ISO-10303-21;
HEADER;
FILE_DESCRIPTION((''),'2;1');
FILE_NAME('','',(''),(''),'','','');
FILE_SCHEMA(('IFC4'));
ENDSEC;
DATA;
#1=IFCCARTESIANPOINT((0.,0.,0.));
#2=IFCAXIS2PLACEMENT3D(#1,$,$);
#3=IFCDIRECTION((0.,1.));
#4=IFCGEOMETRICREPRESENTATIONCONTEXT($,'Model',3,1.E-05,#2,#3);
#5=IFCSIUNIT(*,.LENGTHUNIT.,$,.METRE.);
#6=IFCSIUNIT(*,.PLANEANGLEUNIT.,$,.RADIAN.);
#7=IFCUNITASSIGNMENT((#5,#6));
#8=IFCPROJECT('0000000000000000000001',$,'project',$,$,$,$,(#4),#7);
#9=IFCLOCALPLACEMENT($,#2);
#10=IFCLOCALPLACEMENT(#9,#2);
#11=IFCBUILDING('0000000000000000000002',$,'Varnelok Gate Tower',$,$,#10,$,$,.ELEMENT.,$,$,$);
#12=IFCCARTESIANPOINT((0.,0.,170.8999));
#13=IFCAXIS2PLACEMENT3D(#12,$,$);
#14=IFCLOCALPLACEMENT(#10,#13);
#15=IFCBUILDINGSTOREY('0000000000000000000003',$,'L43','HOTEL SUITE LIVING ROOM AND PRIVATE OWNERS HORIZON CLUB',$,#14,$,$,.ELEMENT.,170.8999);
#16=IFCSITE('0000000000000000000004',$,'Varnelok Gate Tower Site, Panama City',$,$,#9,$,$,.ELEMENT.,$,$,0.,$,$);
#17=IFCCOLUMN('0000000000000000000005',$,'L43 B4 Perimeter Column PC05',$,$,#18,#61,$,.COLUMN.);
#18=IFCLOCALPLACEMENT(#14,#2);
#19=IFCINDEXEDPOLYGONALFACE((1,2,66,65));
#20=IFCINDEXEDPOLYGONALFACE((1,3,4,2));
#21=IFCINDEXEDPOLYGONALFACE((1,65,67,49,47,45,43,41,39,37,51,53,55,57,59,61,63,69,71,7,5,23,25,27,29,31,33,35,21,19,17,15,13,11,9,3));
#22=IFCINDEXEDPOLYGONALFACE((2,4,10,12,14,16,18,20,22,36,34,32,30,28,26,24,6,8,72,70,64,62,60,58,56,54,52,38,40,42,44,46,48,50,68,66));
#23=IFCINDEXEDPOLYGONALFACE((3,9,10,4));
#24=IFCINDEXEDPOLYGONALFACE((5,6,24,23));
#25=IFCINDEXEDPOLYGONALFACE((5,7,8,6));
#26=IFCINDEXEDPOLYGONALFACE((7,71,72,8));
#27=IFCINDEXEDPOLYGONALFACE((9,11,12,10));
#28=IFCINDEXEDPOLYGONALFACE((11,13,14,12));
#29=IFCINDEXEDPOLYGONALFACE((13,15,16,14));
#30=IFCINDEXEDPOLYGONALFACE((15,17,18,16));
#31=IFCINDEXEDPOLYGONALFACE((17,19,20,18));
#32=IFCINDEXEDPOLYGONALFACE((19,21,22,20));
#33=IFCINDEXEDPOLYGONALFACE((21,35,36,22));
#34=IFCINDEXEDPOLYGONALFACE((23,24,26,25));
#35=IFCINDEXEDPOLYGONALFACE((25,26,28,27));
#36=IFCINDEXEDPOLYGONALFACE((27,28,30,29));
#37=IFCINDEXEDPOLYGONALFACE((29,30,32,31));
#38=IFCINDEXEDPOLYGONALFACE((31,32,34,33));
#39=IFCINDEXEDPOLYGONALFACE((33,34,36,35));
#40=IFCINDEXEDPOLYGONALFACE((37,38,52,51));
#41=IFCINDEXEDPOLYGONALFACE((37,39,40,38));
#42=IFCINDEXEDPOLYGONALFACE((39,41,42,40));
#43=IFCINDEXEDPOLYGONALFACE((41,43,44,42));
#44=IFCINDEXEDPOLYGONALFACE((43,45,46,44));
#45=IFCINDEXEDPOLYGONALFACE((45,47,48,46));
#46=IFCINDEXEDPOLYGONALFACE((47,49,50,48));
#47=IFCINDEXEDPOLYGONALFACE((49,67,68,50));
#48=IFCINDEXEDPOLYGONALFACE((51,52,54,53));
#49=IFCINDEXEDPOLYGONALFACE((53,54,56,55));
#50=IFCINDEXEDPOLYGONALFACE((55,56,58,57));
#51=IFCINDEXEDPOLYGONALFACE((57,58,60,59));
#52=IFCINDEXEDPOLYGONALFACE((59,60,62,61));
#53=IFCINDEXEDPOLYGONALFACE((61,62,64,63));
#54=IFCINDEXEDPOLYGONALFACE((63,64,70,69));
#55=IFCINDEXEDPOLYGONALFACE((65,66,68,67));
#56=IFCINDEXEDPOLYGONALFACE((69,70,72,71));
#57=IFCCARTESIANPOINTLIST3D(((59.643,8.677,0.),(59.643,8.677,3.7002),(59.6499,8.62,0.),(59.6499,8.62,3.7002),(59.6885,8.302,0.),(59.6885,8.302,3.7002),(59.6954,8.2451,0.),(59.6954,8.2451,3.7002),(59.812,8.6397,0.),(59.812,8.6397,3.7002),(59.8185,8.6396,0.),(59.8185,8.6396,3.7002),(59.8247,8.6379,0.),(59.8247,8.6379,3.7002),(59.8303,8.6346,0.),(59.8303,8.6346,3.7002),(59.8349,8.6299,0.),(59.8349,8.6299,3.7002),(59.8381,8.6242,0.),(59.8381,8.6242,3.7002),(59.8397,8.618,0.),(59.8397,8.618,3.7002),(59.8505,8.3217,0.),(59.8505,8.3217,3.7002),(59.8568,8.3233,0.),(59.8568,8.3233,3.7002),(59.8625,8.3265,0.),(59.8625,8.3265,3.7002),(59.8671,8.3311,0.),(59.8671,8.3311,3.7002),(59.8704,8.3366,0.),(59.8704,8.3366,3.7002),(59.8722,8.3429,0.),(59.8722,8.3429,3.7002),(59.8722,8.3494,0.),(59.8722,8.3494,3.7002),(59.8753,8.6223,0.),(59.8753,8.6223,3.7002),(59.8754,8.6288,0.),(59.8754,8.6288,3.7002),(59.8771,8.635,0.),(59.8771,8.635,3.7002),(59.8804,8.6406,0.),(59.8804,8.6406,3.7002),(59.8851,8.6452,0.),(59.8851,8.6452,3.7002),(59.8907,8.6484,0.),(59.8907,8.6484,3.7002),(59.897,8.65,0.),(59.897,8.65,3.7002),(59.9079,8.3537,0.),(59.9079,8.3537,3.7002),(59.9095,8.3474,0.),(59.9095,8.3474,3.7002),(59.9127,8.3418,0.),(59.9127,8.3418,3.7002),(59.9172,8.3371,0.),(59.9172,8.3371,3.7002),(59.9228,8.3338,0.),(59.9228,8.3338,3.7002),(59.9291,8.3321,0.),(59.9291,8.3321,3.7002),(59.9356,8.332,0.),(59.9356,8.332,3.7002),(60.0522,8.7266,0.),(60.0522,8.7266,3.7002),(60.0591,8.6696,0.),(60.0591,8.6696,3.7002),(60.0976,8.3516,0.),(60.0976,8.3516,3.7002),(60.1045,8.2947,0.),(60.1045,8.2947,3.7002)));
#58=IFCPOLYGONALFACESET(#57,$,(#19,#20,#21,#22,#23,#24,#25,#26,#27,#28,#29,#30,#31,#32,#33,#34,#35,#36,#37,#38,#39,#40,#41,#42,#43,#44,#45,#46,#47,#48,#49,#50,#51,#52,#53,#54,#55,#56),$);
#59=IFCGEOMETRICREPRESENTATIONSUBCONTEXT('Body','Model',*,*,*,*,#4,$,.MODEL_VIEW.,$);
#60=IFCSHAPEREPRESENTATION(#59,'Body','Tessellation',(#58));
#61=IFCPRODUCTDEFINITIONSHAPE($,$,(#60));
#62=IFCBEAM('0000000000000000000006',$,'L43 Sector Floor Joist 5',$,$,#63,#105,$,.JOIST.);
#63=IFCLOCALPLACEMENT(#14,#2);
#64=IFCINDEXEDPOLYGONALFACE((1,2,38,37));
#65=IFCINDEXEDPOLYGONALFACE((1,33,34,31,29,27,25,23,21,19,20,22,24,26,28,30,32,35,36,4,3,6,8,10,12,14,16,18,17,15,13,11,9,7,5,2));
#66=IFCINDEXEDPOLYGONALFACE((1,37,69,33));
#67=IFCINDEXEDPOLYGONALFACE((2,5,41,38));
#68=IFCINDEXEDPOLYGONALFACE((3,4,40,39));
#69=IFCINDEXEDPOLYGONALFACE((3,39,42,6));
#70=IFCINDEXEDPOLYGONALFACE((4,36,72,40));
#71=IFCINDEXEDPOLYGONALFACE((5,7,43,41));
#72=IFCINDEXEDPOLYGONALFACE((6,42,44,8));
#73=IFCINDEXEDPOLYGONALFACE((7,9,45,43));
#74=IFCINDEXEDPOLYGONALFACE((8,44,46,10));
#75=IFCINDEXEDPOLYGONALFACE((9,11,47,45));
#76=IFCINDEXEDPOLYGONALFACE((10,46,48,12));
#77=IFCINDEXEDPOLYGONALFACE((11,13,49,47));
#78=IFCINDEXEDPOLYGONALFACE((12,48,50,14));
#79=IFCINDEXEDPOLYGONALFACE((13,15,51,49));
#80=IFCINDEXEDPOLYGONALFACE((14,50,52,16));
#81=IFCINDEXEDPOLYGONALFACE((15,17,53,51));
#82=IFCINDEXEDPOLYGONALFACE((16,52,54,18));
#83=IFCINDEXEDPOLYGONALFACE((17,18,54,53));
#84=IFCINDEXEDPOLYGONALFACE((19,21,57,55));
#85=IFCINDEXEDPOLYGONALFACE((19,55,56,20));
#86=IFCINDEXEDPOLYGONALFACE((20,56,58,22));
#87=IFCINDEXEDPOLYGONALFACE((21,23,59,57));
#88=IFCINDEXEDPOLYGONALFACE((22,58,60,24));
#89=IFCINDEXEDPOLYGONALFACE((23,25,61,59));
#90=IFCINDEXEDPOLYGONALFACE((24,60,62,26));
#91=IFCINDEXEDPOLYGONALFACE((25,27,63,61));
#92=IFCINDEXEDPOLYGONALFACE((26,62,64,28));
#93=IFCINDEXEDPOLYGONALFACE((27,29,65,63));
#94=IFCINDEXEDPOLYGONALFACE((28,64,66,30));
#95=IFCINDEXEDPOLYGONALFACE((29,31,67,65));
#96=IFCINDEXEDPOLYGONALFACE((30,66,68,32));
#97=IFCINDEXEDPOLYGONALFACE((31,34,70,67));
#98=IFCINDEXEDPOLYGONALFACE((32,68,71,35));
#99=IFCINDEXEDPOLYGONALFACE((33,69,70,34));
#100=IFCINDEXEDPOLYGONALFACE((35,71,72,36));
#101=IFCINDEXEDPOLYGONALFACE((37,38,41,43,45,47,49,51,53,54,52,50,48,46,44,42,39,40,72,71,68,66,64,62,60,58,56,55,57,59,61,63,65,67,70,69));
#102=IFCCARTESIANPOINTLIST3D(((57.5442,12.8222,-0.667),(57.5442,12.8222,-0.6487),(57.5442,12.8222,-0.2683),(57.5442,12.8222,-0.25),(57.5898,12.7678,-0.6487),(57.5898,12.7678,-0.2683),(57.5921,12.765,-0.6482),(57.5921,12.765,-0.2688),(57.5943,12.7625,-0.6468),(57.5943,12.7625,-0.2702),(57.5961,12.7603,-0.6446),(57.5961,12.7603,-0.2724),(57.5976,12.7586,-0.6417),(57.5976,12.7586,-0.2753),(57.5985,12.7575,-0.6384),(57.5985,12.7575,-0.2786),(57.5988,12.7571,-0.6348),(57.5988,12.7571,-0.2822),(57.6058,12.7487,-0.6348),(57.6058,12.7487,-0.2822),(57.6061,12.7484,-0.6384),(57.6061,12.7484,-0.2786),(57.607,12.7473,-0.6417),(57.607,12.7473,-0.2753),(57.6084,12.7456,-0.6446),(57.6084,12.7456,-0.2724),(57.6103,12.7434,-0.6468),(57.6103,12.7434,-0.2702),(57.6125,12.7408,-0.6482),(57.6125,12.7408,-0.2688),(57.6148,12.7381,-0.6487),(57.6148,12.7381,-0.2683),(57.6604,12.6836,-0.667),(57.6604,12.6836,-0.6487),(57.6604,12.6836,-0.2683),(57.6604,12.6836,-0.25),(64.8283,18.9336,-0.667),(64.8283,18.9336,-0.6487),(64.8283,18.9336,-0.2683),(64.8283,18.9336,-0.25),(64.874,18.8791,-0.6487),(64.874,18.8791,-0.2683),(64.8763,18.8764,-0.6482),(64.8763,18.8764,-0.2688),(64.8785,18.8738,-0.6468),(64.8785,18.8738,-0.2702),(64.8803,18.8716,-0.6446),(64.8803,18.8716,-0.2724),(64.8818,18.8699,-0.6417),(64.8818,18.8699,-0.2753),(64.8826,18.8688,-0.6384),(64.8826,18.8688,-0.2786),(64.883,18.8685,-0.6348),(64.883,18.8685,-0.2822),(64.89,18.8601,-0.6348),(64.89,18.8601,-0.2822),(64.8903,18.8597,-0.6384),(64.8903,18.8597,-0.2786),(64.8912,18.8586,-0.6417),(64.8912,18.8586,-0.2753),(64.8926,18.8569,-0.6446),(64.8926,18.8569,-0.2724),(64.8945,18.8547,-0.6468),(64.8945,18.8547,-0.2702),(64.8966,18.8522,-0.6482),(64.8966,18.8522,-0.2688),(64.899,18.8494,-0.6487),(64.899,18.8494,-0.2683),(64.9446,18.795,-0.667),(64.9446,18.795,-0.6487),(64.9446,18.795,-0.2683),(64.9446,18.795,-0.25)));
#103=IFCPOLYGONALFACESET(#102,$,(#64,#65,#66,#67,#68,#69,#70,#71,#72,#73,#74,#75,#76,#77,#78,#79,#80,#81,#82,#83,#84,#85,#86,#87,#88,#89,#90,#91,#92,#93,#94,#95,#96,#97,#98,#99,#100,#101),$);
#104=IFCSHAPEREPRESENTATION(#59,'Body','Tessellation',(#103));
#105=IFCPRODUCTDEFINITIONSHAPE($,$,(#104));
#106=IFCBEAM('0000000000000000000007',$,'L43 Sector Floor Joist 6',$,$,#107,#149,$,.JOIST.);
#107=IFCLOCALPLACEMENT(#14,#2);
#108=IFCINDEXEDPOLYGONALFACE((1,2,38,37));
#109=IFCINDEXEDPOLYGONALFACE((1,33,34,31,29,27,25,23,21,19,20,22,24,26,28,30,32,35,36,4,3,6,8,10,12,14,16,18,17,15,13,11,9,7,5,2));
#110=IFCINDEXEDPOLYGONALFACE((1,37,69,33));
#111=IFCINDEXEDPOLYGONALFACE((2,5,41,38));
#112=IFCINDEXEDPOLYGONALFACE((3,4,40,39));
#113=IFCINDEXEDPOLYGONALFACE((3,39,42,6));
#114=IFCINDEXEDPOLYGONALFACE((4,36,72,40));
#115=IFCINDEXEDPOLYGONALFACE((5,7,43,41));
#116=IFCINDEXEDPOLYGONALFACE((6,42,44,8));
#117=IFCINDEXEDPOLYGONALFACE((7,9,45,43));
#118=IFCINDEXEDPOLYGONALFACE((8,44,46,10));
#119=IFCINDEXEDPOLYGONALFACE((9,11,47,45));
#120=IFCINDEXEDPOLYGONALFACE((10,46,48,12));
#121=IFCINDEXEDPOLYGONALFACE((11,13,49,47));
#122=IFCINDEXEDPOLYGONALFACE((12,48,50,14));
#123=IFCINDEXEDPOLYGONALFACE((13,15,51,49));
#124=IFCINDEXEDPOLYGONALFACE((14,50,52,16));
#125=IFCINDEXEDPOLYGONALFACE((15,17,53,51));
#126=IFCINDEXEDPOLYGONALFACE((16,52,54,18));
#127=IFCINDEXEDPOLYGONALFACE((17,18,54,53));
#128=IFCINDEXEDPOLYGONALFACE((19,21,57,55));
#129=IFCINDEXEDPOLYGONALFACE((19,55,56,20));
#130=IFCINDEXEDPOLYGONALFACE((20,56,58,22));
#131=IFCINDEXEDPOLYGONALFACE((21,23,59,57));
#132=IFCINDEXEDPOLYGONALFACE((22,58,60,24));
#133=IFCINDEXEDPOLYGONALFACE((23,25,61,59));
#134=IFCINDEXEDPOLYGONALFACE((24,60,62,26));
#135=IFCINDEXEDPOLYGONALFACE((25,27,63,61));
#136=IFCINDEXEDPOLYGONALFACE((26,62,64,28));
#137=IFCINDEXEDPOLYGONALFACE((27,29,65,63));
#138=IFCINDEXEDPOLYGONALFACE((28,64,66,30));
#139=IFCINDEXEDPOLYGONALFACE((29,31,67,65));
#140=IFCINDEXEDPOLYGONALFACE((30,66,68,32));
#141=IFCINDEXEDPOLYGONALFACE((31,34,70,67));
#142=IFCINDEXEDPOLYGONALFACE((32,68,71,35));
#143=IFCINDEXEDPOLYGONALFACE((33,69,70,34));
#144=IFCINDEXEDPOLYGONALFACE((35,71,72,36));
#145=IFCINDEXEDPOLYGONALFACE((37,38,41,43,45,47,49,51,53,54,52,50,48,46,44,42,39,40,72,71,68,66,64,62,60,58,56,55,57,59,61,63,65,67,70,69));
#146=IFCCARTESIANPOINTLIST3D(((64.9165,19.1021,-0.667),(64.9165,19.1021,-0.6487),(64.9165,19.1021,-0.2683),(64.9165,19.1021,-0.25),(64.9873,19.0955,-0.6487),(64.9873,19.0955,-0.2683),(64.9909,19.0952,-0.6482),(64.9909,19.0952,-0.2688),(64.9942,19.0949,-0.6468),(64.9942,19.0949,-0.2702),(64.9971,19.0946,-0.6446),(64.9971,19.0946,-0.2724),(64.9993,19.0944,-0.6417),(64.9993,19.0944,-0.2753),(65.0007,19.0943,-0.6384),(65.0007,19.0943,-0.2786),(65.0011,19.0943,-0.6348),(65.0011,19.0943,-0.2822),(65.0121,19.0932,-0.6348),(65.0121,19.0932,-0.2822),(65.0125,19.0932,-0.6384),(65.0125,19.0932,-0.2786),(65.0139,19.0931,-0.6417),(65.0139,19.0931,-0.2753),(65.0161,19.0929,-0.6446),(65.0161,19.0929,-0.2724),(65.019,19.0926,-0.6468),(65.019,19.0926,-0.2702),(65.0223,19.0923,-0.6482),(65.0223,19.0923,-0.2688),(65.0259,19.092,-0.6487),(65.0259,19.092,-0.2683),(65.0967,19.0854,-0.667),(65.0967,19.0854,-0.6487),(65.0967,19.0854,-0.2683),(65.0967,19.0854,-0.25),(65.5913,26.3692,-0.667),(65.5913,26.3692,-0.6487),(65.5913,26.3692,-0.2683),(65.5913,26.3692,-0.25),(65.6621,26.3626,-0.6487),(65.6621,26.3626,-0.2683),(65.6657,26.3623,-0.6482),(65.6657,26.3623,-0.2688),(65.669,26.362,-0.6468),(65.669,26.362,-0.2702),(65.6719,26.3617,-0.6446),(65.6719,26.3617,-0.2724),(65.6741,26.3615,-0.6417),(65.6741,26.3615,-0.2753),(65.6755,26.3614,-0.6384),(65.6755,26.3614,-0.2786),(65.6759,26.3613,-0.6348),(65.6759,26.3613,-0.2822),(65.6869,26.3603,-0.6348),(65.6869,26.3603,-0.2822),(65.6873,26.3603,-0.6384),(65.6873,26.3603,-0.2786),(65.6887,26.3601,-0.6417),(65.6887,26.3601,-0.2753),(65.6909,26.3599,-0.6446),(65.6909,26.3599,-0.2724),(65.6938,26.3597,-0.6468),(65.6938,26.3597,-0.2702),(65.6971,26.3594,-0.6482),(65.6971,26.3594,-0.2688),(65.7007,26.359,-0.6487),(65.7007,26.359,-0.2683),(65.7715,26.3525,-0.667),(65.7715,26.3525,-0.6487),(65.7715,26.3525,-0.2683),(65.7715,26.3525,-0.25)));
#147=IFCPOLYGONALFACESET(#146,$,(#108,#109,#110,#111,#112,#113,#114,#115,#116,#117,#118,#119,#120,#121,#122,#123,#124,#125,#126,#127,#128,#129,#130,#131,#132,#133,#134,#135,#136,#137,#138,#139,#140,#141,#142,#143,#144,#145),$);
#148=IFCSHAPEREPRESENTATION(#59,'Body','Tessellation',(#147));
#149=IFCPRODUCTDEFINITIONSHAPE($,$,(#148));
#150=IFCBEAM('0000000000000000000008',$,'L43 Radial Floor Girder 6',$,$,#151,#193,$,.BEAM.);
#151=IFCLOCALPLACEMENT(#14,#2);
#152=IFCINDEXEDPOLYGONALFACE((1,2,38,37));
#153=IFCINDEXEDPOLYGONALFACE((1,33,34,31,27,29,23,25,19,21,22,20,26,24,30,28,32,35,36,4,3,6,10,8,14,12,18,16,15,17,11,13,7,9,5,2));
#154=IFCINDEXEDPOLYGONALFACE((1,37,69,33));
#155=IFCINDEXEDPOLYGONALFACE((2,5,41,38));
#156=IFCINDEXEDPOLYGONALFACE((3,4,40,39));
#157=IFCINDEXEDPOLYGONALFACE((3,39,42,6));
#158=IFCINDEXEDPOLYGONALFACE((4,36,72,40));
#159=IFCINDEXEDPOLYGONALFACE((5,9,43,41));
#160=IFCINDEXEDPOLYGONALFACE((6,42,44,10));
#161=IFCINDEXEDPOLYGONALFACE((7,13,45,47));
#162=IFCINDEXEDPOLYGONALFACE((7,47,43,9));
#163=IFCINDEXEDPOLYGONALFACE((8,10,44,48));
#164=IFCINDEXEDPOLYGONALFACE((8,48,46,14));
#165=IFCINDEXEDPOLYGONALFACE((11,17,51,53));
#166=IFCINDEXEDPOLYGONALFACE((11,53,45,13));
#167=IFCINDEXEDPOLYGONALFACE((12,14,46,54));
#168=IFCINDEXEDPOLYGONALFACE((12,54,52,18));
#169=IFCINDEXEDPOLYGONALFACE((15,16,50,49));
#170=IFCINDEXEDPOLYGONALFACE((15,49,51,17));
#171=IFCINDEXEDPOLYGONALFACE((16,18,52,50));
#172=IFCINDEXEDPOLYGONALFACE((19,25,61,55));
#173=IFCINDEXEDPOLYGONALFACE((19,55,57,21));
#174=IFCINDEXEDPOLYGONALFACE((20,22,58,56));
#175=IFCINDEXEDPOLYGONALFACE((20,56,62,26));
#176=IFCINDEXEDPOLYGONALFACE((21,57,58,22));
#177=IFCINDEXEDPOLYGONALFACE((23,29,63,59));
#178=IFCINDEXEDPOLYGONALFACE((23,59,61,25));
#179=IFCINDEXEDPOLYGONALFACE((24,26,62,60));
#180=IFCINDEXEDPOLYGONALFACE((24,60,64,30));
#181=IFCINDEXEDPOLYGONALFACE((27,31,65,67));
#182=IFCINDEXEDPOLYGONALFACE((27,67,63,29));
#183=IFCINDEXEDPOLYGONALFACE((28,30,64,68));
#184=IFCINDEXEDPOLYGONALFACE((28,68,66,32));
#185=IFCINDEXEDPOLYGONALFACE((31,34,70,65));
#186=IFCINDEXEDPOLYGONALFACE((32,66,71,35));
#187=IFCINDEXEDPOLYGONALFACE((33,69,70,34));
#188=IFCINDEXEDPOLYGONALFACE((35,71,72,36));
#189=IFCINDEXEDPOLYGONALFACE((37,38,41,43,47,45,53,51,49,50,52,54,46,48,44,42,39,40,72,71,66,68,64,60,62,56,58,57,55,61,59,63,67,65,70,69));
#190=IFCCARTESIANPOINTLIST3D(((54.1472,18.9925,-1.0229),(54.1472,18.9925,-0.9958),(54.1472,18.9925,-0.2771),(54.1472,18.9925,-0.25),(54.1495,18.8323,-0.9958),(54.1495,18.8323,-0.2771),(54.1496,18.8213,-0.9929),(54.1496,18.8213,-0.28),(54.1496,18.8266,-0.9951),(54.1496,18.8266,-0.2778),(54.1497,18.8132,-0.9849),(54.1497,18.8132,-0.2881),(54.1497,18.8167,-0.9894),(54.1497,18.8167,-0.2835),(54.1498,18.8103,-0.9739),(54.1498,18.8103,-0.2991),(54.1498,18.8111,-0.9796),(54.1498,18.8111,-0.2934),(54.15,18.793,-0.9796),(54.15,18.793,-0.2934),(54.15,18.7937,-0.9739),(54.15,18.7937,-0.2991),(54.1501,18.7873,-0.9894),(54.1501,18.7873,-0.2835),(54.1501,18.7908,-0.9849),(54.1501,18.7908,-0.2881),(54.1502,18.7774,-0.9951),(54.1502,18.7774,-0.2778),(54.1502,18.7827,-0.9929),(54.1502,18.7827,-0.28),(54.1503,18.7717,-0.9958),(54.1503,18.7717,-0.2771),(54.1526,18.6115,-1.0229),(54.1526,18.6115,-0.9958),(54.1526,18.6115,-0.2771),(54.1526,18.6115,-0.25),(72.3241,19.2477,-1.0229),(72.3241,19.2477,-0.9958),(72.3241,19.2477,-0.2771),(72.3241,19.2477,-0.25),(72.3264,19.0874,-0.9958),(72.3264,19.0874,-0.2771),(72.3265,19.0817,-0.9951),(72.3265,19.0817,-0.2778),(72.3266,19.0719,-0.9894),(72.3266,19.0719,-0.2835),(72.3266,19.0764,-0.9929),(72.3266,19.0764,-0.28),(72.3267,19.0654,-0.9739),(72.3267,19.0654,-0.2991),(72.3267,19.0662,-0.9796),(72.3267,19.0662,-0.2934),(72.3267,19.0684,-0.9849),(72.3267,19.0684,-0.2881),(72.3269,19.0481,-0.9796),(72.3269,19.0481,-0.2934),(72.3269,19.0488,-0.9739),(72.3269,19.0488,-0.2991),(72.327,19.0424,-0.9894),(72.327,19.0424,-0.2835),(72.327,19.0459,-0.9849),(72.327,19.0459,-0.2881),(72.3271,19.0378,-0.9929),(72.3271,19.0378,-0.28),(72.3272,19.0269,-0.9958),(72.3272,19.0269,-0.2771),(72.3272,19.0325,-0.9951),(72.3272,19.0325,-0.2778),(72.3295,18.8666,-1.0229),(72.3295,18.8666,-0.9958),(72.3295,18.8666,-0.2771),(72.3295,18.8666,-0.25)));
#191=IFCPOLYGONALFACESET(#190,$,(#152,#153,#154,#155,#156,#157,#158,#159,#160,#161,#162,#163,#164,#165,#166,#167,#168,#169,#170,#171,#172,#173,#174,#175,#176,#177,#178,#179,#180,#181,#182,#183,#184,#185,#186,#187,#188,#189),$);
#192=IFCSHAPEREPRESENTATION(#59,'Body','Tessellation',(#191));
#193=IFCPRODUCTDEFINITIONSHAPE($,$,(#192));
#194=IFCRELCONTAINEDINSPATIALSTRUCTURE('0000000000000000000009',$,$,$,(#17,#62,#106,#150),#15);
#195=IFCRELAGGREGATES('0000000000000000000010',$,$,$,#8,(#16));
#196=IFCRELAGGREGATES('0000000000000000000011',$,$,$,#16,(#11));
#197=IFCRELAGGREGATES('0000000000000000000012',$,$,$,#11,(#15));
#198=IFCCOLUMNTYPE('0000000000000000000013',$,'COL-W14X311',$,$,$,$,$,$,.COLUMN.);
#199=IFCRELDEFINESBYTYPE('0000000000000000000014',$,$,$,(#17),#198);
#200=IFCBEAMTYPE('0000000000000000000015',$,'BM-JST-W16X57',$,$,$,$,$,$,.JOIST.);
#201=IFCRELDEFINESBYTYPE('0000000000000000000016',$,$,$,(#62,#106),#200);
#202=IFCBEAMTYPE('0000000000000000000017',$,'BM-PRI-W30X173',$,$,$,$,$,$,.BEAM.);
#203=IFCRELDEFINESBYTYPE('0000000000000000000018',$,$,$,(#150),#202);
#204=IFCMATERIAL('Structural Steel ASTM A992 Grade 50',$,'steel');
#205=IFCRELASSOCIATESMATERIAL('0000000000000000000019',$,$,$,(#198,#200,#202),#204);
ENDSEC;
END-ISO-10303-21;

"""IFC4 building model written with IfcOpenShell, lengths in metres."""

from ifc_helpers import new_model, si_unit, direction, frame, origin, origin_2d, place, context, subcontext, project, spatial, i_section, extrude, material, material_profile, profile_set, type_object, element, save


model = new_model("IFC4")

# Units and contexts
model_context = context("Model", 3, precision=1e-05, world=origin(), true_north=direction((0.0, 1.0)))
body_context = subcontext(model_context, "Body", "Model", "MODEL_VIEW")
ifc_project = project(units=[si_unit("LENGTHUNIT", "METRE"), si_unit("PLANEANGLEUNIT", "RADIAN")], contexts=[model_context])

# Site, building, storey
site_placement = place(None, origin())
site = spatial("IfcSite", under=ifc_project, at=site_placement, Name="Varnelok Gate Tower Site, Panama City", CompositionType="ELEMENT", RefElevation=0.0)
building_placement = place(site_placement, origin())
building = spatial("IfcBuilding", under=site, at=building_placement, Name="Varnelok Gate Tower", CompositionType="ELEMENT")
storey_placement = place(building_placement, frame((0.0, 0.0, 170.8999)))
storey = spatial("IfcBuildingStorey", under=building, at=storey_placement, Name="L43", Description="HOTEL SUITE LIVING ROOM AND PRIVATE OWNERS HORIZON CLUB", CompositionType="ELEMENT", Elevation=170.8999)

# Column
ifc_material_1 = material(Name="Structural Steel ASTM A992 Grade 50", Category="steel")
ifc_material_profile_1 = material_profile(ifc_material_1, i_section(OverallWidth=0.4121, OverallDepth=0.4351, WebThickness=0.0359, FlangeThickness=0.0574, FilletRadius=0.0249, at=origin_2d()), Name="W14X311")
ifc_profile_set_1 = profile_set([ifc_material_profile_1], Name="Structural Steel ASTM A992 Grade 50")
column_type = type_object("IfcColumnType", Name="COL-W14X311", PredefinedType="COLUMN", material=ifc_profile_set_1)
column_placement = place(storey_placement, frame((59.8738, 8.4858, 0.0), z_axis=(0.0, 0.0, 1.0), x_axis=(0.992732, 0.120345, 0.0)))
element("IfcColumn", 1, at=column_placement, inside=storey, type_object=column_type, Name="L43 B4 Perimeter Column PC05", PredefinedType="COLUMN", context=body_context, shape_type="SweptSolid", body=[
    extrude(i_section(OverallWidth=0.4121, OverallDepth=0.4351, WebThickness=0.0359, FlangeThickness=0.0574, FilletRadius=0.0249, at=origin_2d()), origin(), (0.0, 0.0, 1.0), 3.7002),
])

# Beams
ifc_material_profile_2 = material_profile(ifc_material_1, i_section(OverallWidth=0.1809, OverallDepth=0.417, WebThickness=0.011, FlangeThickness=0.0183, FilletRadius=0.0139, at=origin_2d()), Name="W16X57")
ifc_profile_set_2 = profile_set([ifc_material_profile_2], Name="Structural Steel ASTM A992 Grade 50")
beam_type_1 = type_object("IfcBeamType", Name="BM-JST-W16X57", PredefinedType="JOIST", material=ifc_profile_set_2)
beam_1_placement = place(storey_placement, frame((57.6023, 12.7529, -0.4585), z_axis=(0.766087, 0.642737, 0.0), x_axis=(-0.642737, 0.766087, 0.0)))
element("IfcBeam", 2, at=beam_1_placement, inside=storey, type_object=beam_type_1, Name="L43 Sector Floor Joist 5", PredefinedType="JOIST", context=body_context, shape_type="SweptSolid", body=[
    extrude(i_section(OverallWidth=0.1809, OverallDepth=0.417, WebThickness=0.011, FlangeThickness=0.0183, FilletRadius=0.0139, at=origin_2d()), origin(), (0.0, 0.0, 1.0), 9.5083),
])
beam_2_placement = place(storey_placement, frame((65.0066, 19.0938, -0.4585), z_axis=(0.09246, 0.995716, 0.0), x_axis=(-0.995716, 0.09246, 0.0)))
element("IfcBeam", 3, at=beam_2_placement, inside=storey, type_object=beam_type_1, Name="L43 Sector Floor Joist 6", PredefinedType="JOIST", context=body_context, shape_type="SweptSolid", body=[
    extrude(i_section(OverallWidth=0.1809, OverallDepth=0.417, WebThickness=0.011, FlangeThickness=0.0183, FilletRadius=0.0139, at=origin_2d()), origin(), (0.0, 0.0, 1.0), 7.2983),
])
ifc_material_profile_3 = material_profile(ifc_material_1, i_section(OverallWidth=0.3811, OverallDepth=0.7729, WebThickness=0.0166, FlangeThickness=0.0271, FilletRadius=0.022, at=origin_2d()), Name="W30X173")
ifc_profile_set_3 = profile_set([ifc_material_profile_3], Name="Structural Steel ASTM A992 Grade 50")
beam_type_2 = type_object("IfcBeamType", Name="BM-PRI-W30X173", PredefinedType="BEAM", material=ifc_profile_set_3)
beam_3_placement = place(storey_placement, frame((54.1499, 18.802, -0.6365), z_axis=(0.999902, 0.014034, 0.0), x_axis=(-0.014034, 0.999902, 0.0)))
element("IfcBeam", 4, at=beam_3_placement, inside=storey, type_object=beam_type_2, Name="L43 Radial Floor Girder 6", PredefinedType="BEAM", context=body_context, shape_type="SweptSolid", body=[
    extrude(i_section(OverallWidth=0.3811, OverallDepth=0.7729, WebThickness=0.0166, FlangeThickness=0.0271, FilletRadius=0.022, at=origin_2d()), origin(), (0.0, 0.0, 1.0), 18.1787),
])

save(model, "model.ifc")
